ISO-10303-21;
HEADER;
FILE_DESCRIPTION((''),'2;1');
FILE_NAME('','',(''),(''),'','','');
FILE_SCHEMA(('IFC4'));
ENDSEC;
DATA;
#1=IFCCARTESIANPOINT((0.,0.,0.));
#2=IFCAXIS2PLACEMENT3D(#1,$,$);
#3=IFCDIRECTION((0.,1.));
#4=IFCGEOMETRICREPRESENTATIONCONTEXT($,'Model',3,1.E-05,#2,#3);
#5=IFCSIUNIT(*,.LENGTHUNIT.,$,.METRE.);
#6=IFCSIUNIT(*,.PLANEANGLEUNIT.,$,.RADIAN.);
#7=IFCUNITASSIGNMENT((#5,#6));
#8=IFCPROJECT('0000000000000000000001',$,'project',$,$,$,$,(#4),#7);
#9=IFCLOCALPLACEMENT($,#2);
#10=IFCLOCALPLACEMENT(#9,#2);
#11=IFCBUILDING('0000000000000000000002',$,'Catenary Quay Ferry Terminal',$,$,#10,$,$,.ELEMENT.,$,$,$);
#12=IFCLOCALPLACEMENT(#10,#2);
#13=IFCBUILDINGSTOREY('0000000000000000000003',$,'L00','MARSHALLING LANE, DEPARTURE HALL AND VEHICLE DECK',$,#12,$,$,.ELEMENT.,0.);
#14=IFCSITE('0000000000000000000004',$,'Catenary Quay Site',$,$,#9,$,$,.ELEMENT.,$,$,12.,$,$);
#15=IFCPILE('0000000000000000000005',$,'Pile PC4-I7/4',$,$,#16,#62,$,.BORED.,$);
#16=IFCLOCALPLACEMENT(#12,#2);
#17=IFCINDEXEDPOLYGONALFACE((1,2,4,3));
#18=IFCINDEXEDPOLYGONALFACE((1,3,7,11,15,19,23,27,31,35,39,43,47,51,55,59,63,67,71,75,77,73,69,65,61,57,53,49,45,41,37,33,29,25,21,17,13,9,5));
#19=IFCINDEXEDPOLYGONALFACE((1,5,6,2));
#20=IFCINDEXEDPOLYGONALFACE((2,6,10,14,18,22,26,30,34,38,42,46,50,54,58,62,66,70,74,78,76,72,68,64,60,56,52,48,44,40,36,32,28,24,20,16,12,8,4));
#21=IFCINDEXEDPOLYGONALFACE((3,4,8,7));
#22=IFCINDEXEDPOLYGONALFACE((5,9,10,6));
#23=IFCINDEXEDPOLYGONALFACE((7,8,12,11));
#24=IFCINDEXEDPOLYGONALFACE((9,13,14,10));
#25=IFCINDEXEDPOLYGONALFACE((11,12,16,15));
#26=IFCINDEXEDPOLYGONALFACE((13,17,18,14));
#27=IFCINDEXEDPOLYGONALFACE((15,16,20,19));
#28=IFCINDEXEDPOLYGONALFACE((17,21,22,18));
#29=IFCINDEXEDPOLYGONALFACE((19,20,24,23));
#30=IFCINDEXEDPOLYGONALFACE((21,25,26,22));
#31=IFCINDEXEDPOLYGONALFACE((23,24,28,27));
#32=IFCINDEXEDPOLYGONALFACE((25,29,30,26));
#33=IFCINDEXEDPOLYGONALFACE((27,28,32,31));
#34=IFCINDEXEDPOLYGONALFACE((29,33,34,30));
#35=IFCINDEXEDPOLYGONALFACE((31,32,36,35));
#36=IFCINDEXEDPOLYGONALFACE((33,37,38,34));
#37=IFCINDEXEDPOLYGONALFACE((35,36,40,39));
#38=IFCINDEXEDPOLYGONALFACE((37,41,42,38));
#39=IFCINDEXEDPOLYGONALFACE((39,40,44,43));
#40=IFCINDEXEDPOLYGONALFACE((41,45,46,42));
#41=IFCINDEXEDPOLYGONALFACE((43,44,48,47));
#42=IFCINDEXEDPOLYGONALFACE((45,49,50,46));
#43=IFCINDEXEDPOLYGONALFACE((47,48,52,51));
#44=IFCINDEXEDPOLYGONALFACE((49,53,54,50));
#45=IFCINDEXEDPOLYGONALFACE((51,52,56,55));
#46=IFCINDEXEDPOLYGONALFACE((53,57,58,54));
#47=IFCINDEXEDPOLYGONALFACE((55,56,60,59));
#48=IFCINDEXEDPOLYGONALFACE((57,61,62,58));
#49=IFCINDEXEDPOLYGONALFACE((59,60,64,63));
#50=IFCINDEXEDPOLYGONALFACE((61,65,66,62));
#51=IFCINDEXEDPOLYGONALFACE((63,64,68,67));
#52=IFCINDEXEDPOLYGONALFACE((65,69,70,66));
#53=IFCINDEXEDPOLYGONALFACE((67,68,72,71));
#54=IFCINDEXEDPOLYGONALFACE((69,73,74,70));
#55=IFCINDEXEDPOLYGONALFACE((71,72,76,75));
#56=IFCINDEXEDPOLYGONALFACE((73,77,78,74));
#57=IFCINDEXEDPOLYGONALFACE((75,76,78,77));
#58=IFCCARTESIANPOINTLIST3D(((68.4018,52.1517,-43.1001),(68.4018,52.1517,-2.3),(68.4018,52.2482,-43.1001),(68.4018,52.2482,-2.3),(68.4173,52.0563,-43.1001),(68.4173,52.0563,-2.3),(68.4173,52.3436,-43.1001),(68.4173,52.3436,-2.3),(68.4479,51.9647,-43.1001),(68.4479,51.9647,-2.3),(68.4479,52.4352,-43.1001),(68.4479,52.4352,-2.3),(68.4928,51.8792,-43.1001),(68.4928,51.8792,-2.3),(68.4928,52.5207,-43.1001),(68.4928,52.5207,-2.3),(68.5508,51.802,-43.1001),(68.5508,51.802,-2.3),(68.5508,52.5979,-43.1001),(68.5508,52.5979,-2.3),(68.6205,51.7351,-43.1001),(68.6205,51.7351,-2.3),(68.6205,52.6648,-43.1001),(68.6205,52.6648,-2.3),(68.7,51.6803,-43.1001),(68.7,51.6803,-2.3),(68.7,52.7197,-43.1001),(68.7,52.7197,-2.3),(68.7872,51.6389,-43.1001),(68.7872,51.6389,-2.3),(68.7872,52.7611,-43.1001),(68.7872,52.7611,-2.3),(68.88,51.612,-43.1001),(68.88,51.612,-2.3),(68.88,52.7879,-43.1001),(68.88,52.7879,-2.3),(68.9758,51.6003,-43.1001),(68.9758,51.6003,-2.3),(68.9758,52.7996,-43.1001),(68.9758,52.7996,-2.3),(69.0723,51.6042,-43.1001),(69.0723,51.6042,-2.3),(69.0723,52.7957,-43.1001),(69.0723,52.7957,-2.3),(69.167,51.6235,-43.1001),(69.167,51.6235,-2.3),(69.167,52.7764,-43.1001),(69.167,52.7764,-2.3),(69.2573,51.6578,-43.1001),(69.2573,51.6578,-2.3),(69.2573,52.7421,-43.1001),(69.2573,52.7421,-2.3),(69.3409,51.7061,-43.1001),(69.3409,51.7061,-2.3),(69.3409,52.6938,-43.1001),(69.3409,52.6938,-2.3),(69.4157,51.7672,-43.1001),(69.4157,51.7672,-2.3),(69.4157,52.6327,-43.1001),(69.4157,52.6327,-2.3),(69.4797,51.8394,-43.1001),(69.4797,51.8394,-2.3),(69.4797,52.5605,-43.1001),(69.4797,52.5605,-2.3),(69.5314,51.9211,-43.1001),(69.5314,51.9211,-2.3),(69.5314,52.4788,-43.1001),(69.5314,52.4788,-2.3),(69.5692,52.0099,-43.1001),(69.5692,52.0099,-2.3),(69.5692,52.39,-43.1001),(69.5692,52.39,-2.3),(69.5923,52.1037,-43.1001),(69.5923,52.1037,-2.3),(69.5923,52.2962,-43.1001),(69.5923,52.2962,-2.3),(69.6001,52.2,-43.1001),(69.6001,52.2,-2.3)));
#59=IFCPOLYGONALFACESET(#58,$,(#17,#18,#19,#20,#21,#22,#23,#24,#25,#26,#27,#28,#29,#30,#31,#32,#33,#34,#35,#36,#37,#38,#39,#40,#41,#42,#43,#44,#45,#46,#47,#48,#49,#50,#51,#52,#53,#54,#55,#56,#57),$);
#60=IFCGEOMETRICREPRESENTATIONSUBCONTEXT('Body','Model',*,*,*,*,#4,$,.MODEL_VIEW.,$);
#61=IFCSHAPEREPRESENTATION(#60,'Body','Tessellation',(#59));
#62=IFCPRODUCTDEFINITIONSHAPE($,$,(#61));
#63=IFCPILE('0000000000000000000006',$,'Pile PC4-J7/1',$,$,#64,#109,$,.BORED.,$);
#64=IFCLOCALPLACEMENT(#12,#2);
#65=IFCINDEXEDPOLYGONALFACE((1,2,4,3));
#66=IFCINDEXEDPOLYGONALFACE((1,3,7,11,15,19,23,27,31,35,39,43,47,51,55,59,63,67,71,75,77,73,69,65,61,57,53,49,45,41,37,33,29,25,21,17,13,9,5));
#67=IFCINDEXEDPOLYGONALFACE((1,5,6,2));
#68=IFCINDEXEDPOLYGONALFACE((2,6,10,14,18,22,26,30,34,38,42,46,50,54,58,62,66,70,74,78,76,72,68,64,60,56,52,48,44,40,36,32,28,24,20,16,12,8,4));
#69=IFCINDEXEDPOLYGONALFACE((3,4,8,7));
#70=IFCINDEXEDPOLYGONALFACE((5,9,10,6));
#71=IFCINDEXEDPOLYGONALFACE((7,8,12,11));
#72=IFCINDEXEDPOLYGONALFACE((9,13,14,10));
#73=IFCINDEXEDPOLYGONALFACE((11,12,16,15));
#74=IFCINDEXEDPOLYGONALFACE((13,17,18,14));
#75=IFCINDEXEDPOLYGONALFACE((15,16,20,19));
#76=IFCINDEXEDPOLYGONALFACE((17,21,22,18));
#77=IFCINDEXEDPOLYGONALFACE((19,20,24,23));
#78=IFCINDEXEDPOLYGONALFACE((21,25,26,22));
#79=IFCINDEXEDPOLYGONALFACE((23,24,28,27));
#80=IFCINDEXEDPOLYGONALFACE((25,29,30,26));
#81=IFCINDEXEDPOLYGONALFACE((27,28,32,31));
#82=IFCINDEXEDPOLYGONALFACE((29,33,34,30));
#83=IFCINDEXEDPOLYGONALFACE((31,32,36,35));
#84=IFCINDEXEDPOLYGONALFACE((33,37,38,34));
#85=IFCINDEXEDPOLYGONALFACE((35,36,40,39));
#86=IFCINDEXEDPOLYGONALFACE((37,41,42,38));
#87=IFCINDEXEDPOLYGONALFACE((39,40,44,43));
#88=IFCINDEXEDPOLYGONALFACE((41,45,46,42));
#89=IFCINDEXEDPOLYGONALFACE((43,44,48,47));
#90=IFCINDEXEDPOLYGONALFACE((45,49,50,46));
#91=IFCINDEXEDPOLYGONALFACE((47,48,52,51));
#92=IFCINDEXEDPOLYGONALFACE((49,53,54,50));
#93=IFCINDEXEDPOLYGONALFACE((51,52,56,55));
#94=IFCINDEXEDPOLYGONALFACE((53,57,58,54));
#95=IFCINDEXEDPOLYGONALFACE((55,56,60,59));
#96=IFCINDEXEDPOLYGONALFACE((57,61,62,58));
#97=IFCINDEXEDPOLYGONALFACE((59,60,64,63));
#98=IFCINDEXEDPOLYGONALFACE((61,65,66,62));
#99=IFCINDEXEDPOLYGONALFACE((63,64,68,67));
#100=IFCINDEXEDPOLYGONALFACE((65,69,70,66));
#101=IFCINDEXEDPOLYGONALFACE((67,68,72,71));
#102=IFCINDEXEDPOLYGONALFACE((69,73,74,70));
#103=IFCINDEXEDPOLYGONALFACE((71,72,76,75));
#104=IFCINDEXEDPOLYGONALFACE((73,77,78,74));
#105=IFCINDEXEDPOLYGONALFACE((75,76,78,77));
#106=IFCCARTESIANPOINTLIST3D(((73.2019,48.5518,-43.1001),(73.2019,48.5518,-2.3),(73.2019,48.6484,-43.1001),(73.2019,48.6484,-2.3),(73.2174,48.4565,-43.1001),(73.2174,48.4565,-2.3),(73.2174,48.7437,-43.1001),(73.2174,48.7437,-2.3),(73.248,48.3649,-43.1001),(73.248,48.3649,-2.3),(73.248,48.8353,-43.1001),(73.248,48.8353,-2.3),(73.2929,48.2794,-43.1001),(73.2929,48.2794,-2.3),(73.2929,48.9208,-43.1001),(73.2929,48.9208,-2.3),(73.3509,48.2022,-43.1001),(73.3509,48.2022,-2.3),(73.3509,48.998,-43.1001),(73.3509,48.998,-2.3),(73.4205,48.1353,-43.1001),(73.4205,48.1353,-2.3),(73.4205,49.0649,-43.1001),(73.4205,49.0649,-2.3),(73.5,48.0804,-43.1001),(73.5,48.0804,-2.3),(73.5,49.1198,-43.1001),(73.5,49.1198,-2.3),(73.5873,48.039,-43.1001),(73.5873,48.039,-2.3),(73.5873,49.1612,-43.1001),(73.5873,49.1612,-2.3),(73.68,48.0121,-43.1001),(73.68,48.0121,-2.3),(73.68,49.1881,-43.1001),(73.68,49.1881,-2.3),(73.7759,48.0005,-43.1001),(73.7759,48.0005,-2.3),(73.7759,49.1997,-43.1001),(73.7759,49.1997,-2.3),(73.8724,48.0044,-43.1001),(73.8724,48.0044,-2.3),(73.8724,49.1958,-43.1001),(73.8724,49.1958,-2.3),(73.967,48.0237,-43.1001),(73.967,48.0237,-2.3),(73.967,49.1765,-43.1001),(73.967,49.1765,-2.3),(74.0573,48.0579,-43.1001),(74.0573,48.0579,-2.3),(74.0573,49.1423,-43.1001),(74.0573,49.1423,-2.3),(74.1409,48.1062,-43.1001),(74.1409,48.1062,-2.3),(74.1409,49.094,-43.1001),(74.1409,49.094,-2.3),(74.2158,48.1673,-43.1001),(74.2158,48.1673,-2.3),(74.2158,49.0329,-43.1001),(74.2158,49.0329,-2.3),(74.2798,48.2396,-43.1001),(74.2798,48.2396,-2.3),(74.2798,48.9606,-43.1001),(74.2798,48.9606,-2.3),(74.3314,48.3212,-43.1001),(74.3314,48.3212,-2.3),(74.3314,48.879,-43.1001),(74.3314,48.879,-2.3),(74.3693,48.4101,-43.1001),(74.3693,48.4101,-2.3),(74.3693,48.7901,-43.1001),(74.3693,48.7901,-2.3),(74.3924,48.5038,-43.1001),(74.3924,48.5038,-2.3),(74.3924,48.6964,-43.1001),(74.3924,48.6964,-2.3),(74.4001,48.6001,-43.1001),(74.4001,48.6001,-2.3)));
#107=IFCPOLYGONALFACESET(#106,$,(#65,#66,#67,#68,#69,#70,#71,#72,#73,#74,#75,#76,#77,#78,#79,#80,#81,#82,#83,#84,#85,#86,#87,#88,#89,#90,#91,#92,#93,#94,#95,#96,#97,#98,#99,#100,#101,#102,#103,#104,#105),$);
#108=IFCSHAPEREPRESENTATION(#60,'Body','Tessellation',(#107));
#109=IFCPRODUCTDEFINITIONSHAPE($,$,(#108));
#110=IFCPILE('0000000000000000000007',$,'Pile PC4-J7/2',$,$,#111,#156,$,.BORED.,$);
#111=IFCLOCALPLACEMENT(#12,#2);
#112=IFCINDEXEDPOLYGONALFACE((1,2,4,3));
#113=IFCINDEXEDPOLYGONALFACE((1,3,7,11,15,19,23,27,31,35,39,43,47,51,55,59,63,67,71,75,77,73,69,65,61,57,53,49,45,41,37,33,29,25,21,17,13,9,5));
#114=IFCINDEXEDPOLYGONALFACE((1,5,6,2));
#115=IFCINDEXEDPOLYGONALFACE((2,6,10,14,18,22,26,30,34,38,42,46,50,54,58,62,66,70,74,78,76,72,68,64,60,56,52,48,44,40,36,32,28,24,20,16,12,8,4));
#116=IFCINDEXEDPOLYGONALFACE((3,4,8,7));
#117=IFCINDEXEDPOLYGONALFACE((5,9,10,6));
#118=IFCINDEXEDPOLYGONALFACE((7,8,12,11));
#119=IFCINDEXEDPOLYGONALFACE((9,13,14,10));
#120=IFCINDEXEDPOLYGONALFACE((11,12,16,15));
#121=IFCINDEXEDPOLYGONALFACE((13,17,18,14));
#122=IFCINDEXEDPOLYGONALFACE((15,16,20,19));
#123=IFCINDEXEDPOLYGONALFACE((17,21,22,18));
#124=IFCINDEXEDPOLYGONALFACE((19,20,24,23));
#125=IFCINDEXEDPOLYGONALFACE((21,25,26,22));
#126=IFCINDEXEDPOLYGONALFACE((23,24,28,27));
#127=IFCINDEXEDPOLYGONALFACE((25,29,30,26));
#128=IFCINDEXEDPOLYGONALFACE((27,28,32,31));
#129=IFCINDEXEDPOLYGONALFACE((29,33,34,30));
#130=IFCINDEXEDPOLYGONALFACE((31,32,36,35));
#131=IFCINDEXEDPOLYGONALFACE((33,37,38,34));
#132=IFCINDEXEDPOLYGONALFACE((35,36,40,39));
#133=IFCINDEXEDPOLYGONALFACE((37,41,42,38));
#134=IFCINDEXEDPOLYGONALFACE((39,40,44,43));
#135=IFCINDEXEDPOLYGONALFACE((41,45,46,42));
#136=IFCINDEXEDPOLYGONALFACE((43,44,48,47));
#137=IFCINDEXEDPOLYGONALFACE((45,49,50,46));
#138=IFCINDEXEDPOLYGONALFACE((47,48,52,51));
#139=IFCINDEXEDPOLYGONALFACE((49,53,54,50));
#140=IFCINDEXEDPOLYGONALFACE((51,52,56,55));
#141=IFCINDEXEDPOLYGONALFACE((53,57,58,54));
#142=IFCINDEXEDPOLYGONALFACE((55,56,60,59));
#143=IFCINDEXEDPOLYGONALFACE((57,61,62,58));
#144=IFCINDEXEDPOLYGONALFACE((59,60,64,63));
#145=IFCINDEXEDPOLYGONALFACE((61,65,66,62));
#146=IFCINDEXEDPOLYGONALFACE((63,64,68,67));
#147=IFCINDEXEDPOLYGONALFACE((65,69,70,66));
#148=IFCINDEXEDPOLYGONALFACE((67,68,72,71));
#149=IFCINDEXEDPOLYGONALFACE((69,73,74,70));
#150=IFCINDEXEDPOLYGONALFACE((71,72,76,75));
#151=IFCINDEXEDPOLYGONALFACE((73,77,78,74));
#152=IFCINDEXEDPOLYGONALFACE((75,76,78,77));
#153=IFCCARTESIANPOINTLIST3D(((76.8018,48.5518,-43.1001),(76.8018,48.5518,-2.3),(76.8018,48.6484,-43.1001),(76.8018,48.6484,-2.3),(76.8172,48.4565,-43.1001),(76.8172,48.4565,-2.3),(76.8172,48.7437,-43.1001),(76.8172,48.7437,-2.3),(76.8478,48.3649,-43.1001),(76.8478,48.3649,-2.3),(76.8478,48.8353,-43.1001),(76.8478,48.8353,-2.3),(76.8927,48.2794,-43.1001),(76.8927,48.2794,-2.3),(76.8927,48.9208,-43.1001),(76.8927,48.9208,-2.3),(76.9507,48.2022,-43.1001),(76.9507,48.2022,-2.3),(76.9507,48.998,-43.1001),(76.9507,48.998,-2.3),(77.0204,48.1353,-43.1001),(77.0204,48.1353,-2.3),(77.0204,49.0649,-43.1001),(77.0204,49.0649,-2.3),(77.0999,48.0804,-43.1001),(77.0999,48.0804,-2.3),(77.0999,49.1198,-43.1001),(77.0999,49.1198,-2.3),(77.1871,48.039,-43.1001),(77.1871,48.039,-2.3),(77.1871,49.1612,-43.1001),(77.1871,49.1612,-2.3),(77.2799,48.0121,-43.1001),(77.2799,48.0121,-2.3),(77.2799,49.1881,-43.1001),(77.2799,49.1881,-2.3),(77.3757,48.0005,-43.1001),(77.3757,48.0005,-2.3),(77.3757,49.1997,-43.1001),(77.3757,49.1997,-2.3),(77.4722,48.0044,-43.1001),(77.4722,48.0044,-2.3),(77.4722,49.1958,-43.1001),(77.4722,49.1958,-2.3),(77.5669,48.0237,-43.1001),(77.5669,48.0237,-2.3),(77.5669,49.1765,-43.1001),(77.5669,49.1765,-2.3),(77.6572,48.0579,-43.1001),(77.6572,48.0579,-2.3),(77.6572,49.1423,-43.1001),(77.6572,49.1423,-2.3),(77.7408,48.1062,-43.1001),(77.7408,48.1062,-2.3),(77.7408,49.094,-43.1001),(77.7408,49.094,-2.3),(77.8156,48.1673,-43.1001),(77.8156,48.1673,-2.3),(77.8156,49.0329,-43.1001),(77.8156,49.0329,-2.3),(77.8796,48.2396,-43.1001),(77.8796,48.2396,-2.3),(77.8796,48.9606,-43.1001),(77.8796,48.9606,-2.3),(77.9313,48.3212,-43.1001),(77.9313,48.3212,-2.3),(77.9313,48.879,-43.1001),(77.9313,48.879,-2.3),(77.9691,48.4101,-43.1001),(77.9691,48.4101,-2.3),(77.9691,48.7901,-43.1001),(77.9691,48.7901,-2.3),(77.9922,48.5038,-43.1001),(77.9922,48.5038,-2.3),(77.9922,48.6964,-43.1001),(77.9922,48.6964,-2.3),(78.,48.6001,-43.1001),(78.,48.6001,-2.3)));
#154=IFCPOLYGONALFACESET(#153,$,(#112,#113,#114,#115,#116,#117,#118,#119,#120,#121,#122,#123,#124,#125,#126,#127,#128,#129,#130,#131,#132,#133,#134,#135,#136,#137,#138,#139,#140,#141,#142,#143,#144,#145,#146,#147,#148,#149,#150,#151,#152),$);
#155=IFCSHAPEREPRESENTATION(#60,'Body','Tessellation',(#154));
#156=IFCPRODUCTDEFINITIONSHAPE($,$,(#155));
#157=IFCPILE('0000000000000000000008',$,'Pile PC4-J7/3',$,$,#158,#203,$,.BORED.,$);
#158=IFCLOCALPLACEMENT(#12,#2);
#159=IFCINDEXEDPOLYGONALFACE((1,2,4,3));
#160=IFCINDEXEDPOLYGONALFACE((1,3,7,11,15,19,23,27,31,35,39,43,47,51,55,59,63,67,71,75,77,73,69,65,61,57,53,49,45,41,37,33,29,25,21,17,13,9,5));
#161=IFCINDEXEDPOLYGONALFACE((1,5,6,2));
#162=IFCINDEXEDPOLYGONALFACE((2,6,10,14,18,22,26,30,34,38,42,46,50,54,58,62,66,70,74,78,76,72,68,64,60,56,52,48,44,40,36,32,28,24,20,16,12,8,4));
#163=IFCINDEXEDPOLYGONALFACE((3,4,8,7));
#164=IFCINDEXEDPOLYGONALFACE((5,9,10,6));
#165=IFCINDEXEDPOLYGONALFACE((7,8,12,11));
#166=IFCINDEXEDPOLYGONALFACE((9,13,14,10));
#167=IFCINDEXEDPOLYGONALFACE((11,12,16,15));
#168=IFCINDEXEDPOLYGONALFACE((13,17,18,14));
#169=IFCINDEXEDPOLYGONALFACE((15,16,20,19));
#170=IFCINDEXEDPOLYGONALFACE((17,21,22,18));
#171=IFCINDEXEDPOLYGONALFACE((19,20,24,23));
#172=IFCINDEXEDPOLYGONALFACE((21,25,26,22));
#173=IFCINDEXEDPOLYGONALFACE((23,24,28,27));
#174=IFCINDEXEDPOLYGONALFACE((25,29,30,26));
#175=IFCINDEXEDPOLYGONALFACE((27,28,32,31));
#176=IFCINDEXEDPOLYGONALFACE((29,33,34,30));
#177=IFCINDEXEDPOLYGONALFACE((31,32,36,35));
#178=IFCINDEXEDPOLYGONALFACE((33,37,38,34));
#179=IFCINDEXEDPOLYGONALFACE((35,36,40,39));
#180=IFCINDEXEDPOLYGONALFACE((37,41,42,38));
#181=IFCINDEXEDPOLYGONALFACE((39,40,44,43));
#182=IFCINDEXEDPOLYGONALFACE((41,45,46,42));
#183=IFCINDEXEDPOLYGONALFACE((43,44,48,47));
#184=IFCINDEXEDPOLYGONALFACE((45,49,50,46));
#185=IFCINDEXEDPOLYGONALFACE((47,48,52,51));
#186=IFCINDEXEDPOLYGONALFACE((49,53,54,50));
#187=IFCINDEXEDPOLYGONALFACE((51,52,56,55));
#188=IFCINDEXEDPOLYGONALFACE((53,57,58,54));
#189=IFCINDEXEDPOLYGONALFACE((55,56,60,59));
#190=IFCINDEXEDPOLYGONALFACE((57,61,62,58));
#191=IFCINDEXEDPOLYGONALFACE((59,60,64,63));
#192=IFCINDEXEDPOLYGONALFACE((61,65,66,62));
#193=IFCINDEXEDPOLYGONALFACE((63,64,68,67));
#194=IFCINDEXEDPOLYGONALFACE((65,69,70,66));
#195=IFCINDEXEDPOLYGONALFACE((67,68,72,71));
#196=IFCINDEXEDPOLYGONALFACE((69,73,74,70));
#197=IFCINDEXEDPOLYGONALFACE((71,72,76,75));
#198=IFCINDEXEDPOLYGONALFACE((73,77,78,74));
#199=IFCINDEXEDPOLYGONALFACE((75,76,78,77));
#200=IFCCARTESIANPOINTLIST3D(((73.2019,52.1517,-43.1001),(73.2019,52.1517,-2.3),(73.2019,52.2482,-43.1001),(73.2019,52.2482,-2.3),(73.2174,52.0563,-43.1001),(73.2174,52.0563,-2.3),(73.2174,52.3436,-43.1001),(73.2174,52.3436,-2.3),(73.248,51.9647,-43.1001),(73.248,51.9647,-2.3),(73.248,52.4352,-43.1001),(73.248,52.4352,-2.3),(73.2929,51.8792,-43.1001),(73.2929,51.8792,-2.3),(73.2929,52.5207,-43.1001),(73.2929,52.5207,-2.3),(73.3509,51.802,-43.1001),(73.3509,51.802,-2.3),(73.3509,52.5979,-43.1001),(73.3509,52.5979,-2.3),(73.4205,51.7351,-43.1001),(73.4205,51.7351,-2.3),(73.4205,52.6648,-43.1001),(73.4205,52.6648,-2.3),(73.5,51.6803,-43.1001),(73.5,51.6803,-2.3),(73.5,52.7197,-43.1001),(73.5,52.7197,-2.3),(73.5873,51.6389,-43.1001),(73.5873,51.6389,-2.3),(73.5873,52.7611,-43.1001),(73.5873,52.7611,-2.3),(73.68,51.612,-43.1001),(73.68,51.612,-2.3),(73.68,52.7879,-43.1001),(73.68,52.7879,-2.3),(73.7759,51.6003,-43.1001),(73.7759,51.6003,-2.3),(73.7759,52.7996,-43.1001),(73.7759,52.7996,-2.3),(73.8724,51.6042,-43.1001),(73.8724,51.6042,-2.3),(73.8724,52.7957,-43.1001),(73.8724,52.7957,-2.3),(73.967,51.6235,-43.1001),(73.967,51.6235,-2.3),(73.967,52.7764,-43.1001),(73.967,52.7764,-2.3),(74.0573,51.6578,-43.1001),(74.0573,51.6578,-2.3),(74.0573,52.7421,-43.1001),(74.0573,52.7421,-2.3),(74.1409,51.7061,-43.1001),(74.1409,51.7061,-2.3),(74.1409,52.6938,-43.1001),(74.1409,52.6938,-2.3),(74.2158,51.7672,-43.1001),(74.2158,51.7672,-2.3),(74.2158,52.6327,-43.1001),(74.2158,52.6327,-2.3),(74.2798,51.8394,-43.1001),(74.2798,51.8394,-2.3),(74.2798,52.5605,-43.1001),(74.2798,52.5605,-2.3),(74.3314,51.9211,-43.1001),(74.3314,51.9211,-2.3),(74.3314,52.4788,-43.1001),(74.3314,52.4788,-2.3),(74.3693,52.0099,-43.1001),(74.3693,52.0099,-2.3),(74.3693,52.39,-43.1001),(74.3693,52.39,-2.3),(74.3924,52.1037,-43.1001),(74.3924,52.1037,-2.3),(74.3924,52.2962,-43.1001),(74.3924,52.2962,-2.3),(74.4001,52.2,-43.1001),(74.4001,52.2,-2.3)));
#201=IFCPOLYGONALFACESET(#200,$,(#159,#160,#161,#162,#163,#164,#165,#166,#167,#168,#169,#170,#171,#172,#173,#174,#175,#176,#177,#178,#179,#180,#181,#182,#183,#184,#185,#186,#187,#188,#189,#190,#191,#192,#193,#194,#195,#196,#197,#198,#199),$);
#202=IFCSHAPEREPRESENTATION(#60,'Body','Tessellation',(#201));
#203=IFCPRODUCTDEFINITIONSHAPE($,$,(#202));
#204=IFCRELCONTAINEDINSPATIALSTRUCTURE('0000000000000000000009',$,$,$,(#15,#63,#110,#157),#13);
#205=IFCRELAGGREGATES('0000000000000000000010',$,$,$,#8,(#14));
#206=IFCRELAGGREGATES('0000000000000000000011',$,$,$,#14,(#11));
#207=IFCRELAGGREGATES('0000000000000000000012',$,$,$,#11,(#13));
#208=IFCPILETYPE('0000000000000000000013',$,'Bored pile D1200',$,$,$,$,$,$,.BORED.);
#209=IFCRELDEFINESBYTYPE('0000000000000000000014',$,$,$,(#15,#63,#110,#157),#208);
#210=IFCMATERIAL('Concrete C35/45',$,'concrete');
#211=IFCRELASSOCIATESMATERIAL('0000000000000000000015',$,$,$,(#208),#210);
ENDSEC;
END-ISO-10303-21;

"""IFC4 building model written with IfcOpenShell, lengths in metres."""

from ifc_helpers import new_model, si_unit, direction, frame, origin, origin_2d, place, context, subcontext, project, spatial, circle, extrude, material, material_profile, profile_set, type_object, element, save


model = new_model("IFC4")

# Units and contexts
model_context = context("Model", 3, precision=1e-05, world=origin(), true_north=direction((0.0, 1.0)))
body_context = subcontext(model_context, "Body", "Model", "MODEL_VIEW")
ifc_project = project(units=[si_unit("LENGTHUNIT", "METRE"), si_unit("PLANEANGLEUNIT", "RADIAN")], contexts=[model_context])

# Site, building, storey
site_placement = place(None, origin())
site = spatial("IfcSite", under=ifc_project, at=site_placement, Name="Catenary Quay Site", CompositionType="ELEMENT", RefElevation=12.0)
building_placement = place(site_placement, origin())
building = spatial("IfcBuilding", under=site, at=building_placement, Name="Catenary Quay Ferry Terminal", CompositionType="ELEMENT")
storey_placement = place(building_placement, origin())
storey = spatial("IfcBuildingStorey", under=building, at=storey_placement, Name="L00", Description="MARSHALLING LANE, DEPARTURE HALL AND VEHICLE DECK", CompositionType="ELEMENT", Elevation=0.0)

# Piles
ifc_material_1 = material(Name="Concrete C35/45", Category="concrete")
ifc_material_profile_1 = material_profile(ifc_material_1, circle(Radius=0.6001, at=origin_2d()), Name="D1200")
ifc_profile_set_1 = profile_set([ifc_material_profile_1], Name="Concrete C35/45")
pile_type = type_object("IfcPileType", Name="Bored pile D1200", PredefinedType="BORED", material=ifc_profile_set_1)
for number, where, z_axis, x_axis, name in (
    (1, (69.0, 52.2, -2.3), (0.0, 0.0, -1.0), (1.0, 0.0, 0.0), "Pile PC4-I7/4"),
    (2, (73.8, 48.6001, -2.3), (0.0, 0.0, -1.0), (1.0, 0.0, 0.0), "Pile PC4-J7/1"),
    (3, (77.3999, 48.6001, -2.3), (0.0, 0.0, -1.0), (1.0, 0.0, 0.0), "Pile PC4-J7/2"),
    (4, (73.8, 52.2, -2.3), (0.0, 0.0, -1.0), (1.0, 0.0, 0.0), "Pile PC4-J7/3"),
):
    element("IfcPile", number, at=place(storey_placement, frame(where, z_axis=z_axis, x_axis=x_axis)), inside=storey, type_object=pile_type, Name=name, PredefinedType="BORED", context=body_context, shape_type="SweptSolid", body=[
        extrude(circle(Radius=0.6001, at=origin_2d()), origin(), (0.0, 0.0, 1.0), 40.8),
    ])

save(model, "model.ifc")
